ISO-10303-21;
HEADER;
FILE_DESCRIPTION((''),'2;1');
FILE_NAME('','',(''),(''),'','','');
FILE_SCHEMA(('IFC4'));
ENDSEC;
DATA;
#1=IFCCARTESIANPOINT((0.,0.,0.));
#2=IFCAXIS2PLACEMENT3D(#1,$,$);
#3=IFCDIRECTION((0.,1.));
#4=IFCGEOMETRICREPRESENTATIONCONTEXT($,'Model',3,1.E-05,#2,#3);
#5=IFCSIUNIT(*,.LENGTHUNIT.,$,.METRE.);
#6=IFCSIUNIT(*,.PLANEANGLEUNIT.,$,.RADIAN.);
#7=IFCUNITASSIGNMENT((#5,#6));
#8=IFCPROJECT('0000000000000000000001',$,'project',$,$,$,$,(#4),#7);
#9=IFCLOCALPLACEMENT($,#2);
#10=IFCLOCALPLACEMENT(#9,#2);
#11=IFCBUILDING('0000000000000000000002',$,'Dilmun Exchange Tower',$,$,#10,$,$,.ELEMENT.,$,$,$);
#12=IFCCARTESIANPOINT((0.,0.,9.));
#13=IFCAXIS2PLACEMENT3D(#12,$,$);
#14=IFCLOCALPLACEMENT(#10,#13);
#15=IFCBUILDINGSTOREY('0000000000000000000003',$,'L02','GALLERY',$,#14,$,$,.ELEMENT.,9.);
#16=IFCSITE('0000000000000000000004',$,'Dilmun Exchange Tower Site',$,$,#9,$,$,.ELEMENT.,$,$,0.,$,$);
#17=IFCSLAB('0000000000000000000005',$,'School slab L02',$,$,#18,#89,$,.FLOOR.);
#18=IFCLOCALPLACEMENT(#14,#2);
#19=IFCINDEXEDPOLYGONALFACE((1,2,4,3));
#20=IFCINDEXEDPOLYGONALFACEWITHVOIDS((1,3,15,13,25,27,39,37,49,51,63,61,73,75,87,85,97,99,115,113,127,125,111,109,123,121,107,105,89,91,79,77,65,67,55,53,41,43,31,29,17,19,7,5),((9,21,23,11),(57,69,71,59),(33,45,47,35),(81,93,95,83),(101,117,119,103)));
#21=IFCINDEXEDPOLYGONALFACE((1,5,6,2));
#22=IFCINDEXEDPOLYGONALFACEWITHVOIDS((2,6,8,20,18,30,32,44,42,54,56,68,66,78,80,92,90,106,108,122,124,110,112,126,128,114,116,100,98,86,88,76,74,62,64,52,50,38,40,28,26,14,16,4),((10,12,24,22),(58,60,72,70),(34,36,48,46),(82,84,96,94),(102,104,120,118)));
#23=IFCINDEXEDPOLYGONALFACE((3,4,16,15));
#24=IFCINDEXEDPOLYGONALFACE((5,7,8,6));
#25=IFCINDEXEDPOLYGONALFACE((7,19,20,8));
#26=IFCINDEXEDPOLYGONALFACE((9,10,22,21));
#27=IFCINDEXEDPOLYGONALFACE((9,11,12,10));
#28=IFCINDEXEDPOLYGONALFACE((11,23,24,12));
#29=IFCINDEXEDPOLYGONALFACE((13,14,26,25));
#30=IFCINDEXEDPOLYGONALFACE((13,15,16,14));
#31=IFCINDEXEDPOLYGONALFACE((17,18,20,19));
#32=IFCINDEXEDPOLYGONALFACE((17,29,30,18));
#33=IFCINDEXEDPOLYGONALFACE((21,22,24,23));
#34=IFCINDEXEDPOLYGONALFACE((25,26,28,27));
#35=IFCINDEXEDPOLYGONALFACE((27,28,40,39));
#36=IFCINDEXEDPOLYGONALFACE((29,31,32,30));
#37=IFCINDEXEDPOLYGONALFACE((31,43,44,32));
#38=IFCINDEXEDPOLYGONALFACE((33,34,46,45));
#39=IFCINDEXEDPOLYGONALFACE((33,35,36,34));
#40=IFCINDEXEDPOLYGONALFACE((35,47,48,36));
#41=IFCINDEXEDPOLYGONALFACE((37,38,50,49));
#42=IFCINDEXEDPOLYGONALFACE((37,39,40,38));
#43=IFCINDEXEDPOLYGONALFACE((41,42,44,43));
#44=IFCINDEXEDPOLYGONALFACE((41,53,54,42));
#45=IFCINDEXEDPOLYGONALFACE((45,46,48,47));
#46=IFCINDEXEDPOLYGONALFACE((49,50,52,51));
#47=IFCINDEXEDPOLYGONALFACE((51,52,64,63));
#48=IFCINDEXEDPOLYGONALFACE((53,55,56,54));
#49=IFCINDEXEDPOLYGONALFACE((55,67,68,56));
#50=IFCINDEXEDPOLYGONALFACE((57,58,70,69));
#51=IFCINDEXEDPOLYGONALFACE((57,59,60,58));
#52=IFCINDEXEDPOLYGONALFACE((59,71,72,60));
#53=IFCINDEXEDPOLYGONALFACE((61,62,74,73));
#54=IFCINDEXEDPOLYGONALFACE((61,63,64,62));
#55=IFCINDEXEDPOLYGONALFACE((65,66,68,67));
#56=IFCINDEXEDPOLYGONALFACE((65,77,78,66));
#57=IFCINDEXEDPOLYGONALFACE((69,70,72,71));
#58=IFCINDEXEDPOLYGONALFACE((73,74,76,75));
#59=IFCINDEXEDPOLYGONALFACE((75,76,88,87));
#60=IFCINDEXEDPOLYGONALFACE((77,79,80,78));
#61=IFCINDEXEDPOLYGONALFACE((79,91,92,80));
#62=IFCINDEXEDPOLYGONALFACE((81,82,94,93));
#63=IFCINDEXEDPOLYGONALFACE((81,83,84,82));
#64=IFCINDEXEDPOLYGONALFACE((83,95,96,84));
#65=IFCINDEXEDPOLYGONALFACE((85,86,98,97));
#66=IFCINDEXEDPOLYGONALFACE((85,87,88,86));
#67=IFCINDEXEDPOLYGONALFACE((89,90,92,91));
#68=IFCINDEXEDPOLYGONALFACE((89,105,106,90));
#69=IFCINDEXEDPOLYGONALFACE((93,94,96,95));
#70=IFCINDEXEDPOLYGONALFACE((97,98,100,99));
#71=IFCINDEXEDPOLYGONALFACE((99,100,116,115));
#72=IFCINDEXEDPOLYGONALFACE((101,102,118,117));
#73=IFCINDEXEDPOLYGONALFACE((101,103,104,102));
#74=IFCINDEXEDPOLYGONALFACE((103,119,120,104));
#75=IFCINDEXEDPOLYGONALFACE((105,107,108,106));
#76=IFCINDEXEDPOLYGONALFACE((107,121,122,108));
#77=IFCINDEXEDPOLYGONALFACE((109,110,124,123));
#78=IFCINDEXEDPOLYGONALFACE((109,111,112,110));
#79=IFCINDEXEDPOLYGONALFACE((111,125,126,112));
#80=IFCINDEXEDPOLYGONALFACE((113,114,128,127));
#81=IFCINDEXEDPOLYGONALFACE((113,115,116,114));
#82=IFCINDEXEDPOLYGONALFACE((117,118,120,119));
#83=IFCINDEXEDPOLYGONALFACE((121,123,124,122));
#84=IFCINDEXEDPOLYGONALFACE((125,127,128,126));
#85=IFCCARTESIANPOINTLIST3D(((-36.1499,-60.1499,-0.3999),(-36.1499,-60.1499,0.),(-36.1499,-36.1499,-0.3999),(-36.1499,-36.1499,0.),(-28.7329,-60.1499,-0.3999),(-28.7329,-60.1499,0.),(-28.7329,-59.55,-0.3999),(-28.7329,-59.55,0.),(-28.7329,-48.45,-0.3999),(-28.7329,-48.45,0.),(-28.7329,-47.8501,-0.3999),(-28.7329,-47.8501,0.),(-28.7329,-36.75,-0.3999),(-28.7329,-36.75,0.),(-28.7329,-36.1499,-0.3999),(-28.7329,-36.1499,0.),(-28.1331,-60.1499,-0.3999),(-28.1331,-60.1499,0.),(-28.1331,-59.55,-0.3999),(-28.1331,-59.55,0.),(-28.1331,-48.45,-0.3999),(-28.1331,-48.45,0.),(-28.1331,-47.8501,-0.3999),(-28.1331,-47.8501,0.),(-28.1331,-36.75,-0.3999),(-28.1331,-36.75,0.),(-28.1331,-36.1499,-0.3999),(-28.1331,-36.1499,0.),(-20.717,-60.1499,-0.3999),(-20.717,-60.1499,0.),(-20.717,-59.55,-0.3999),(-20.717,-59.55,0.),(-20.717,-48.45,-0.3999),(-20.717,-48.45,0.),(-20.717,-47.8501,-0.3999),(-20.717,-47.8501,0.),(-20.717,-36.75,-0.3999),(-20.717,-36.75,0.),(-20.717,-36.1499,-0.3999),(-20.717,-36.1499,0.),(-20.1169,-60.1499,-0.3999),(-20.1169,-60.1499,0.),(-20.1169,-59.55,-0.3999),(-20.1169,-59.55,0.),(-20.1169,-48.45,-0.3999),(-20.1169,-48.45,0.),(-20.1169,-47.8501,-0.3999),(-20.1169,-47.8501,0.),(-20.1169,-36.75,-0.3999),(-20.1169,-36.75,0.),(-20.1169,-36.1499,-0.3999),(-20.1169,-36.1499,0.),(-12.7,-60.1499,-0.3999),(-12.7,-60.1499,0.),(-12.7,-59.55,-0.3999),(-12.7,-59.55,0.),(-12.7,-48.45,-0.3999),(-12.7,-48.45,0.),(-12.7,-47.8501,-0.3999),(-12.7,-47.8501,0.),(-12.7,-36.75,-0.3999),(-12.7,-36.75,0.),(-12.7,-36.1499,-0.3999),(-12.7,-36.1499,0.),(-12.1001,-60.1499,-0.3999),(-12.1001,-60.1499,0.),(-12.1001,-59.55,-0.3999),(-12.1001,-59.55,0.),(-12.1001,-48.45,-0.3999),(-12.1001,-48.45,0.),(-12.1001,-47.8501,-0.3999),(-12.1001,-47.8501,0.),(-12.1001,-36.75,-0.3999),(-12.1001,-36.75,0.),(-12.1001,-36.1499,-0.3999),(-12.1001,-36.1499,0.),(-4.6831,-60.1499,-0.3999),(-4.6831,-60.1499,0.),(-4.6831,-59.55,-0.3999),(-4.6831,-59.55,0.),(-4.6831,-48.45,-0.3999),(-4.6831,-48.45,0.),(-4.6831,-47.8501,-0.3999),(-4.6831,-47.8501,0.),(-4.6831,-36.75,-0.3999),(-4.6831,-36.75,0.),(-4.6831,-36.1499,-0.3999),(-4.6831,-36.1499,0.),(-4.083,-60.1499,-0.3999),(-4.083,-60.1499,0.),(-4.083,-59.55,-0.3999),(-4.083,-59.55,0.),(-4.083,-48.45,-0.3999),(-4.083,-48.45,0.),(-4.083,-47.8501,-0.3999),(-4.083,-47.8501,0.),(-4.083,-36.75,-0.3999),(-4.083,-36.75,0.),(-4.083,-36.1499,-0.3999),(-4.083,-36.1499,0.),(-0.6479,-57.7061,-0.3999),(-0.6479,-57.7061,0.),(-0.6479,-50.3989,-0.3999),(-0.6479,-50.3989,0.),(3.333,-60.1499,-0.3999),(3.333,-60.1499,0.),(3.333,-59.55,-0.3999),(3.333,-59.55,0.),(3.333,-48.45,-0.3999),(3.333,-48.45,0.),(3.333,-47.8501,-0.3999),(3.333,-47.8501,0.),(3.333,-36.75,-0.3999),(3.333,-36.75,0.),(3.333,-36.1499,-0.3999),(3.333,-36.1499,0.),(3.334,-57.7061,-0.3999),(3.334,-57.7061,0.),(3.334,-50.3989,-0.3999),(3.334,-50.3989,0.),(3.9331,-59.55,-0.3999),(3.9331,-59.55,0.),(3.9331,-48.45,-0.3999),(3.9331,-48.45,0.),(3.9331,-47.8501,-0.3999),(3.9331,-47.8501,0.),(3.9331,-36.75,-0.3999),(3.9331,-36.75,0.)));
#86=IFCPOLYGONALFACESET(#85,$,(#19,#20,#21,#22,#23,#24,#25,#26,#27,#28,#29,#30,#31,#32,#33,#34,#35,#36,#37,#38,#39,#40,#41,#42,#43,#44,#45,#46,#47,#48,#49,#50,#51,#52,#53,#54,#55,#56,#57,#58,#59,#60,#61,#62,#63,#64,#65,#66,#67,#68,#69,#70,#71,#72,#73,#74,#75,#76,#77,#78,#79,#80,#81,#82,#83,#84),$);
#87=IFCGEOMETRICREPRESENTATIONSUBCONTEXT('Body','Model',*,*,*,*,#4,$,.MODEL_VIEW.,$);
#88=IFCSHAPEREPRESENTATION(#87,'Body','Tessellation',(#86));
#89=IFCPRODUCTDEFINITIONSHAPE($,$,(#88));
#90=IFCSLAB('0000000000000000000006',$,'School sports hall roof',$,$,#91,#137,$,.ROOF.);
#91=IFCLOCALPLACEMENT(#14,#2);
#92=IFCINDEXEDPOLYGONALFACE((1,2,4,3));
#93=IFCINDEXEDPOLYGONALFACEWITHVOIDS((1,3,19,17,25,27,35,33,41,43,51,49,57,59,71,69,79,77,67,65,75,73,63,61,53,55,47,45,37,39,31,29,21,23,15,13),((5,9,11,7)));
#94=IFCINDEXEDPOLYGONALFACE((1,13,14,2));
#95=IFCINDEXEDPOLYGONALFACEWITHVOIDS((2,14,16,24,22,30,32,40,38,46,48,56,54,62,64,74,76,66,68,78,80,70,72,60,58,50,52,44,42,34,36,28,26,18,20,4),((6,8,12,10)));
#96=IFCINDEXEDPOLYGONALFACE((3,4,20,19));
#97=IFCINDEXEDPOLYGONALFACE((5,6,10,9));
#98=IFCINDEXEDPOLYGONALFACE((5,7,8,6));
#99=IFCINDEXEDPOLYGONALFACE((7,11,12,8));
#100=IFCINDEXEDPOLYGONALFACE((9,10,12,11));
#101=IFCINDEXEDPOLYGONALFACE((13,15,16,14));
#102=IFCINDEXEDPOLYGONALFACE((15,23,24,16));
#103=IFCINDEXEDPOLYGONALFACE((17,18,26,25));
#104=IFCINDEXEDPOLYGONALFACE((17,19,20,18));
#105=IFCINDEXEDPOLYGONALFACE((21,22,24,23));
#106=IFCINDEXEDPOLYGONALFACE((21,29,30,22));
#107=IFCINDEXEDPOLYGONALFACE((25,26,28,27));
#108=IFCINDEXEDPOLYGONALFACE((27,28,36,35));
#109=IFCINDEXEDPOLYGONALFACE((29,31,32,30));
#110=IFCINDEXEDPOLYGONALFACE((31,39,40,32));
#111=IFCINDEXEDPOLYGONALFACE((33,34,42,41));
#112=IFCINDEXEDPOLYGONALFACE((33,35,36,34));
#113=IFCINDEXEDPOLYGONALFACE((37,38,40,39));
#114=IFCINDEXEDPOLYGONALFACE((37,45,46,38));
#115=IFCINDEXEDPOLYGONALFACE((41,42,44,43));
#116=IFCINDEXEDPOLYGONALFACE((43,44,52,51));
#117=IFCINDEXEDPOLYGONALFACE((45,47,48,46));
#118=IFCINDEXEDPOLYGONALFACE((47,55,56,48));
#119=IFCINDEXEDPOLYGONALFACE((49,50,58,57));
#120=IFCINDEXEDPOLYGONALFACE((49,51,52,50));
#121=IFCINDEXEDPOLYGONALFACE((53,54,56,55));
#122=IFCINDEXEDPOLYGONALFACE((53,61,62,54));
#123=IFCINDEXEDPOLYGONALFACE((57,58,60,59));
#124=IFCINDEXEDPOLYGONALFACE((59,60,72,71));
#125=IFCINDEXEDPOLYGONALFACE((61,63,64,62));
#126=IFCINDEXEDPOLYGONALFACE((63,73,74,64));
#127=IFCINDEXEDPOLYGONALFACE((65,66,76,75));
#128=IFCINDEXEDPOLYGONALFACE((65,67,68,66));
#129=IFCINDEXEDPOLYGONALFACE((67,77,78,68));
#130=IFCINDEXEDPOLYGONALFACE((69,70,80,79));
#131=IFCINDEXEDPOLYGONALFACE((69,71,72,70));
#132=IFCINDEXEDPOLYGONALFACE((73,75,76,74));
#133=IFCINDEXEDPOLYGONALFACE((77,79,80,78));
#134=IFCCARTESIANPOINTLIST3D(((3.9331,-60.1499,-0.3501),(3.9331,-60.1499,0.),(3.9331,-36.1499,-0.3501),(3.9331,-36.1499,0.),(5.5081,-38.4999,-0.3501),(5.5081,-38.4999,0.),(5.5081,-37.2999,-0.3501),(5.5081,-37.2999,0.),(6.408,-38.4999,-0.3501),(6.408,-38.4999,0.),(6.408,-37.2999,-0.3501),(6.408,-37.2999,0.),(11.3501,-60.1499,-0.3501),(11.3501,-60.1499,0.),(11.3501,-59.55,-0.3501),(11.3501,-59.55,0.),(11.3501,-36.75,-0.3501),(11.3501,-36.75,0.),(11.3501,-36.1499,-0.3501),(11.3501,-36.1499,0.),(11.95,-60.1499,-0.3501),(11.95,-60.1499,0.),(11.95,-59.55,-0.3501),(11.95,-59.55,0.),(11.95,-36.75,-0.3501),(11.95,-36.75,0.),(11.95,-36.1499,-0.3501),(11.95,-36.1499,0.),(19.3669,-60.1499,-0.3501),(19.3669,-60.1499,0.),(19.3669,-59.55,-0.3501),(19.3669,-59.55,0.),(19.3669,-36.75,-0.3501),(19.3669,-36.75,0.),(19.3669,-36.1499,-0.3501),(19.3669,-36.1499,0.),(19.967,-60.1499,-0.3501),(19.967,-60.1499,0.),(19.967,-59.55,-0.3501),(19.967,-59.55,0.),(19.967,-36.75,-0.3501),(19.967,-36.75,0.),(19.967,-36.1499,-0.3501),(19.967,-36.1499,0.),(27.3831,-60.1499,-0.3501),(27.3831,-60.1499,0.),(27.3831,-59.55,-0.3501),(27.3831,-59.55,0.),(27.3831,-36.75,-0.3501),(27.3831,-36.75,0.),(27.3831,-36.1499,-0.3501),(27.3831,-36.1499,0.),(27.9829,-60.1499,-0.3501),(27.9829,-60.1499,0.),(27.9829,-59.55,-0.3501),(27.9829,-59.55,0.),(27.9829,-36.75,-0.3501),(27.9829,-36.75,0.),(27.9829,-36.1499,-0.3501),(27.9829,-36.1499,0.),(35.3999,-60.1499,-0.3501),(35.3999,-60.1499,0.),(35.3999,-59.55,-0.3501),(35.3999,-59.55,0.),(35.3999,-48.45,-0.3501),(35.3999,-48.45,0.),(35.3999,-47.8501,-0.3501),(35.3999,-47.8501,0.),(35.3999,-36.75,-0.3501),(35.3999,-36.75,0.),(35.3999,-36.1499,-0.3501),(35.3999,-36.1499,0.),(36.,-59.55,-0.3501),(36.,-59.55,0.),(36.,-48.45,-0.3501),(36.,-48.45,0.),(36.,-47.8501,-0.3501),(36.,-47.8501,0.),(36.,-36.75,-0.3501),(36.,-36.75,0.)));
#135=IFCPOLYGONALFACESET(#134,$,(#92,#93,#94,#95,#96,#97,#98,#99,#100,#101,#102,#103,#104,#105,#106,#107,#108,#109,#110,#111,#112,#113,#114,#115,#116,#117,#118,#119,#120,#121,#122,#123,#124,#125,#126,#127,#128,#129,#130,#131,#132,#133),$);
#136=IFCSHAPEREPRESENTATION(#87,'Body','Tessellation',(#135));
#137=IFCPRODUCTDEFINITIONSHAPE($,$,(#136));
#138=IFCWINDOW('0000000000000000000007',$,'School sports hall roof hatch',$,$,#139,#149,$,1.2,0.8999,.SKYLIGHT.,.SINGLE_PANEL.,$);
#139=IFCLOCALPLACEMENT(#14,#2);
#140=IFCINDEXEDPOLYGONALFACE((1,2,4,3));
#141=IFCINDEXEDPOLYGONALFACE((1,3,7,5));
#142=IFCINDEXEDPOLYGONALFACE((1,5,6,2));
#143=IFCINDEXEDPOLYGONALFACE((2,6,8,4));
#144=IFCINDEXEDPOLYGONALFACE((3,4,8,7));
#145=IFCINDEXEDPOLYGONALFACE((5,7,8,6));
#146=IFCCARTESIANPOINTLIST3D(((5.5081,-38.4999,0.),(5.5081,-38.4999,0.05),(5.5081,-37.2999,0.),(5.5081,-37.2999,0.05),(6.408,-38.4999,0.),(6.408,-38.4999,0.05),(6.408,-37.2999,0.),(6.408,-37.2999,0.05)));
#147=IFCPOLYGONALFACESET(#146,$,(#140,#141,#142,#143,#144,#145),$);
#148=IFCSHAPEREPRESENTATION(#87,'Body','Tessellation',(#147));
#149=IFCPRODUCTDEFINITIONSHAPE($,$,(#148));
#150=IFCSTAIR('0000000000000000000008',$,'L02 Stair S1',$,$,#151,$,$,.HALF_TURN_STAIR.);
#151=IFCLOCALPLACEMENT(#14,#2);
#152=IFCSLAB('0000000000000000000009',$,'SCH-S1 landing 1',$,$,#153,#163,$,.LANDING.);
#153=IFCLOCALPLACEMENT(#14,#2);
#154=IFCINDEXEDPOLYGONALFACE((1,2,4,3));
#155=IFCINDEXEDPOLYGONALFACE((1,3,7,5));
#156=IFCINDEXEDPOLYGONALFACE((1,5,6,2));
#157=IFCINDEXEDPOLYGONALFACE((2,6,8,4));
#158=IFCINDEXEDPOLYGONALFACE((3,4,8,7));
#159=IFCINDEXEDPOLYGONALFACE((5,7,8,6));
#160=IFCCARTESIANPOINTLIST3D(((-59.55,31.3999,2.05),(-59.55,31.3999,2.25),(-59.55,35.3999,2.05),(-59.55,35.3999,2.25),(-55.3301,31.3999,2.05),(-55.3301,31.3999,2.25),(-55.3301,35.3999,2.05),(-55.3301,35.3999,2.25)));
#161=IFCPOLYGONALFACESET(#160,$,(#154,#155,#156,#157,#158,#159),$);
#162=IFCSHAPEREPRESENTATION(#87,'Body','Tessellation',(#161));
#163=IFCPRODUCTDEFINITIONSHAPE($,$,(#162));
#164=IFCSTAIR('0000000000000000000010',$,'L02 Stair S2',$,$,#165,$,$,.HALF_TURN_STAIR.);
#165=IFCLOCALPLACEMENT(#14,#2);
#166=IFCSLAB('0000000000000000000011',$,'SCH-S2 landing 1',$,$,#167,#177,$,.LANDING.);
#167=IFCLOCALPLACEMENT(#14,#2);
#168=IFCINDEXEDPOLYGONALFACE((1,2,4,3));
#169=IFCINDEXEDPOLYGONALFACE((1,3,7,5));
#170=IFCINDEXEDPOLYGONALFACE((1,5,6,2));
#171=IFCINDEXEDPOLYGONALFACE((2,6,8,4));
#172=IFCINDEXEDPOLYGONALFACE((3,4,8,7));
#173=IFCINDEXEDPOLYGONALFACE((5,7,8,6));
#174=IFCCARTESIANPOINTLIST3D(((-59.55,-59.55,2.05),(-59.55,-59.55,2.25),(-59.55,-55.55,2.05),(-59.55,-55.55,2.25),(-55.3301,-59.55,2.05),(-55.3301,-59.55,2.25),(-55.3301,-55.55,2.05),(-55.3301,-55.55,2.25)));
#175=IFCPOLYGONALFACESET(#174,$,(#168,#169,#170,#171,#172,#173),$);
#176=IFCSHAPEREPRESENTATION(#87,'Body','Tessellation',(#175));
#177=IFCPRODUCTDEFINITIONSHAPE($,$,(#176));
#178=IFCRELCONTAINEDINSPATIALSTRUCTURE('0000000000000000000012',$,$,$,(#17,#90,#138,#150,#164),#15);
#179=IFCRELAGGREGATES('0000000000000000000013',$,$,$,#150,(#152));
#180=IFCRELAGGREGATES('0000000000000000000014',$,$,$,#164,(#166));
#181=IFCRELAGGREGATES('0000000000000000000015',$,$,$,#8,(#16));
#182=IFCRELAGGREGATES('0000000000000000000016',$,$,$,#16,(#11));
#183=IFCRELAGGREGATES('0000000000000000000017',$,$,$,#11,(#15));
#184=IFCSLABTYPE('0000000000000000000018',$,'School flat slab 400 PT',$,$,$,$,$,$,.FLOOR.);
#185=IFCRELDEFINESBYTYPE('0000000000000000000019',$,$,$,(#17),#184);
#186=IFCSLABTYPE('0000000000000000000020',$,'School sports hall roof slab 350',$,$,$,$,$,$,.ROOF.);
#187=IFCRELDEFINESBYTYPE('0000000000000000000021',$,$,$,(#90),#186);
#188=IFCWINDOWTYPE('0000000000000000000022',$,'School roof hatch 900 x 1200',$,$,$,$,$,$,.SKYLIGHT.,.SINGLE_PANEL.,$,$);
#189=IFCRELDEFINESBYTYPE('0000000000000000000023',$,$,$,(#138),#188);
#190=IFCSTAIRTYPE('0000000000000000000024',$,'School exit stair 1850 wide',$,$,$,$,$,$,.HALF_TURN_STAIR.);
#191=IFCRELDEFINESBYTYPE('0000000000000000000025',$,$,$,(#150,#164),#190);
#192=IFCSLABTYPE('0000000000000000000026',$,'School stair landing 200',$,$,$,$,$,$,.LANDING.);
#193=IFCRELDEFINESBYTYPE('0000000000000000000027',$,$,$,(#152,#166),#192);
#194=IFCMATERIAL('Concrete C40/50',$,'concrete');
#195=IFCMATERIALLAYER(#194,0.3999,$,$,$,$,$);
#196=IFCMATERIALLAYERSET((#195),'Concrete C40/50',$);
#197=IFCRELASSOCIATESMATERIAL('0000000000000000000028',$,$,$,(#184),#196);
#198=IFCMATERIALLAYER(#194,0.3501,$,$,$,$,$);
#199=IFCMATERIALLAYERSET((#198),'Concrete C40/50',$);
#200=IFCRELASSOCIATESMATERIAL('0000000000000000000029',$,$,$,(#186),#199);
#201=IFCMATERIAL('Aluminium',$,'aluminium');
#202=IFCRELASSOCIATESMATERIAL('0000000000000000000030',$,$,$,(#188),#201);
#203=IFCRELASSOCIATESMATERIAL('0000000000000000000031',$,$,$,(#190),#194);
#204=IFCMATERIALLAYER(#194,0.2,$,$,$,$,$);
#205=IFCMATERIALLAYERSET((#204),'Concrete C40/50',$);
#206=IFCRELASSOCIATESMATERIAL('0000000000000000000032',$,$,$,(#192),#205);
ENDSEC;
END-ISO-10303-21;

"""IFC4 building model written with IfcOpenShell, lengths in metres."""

from ifc_helpers import new_model, si_unit, direction, frame, origin, origin_2d, place, context, subcontext, project, spatial, polyline, rectangle, outline, extrude, material, layer, layer_set, type_object, element, fill, aggregate, save


model = new_model("IFC4")

# Units and contexts
model_context = context("Model", 3, precision=1e-05, world=origin(), true_north=direction((0.0, 1.0)))
body_context = subcontext(model_context, "Body", "Model", "MODEL_VIEW")
ifc_project = project(units=[si_unit("LENGTHUNIT", "METRE"), si_unit("PLANEANGLEUNIT", "RADIAN")], contexts=[model_context])

# Site, building, storey
site_placement = place(None, origin())
site = spatial("IfcSite", under=ifc_project, at=site_placement, Name="Dilmun Exchange Tower Site", CompositionType="ELEMENT", RefElevation=0.0)
building_placement = place(site_placement, origin())
building = spatial("IfcBuilding", under=site, at=building_placement, Name="Dilmun Exchange Tower", CompositionType="ELEMENT")
storey_placement = place(building_placement, frame((0.0, 0.0, 9.0)))
storey = spatial("IfcBuildingStorey", under=building, at=storey_placement, Name="L02", Description="GALLERY", CompositionType="ELEMENT", Elevation=9.0)

# Slab
ifc_material_1 = material(Name="Concrete C40/50", Category="concrete")
ifc_layer_1 = layer(ifc_material_1, 0.3999)
ifc_layer_set_1 = layer_set([ifc_layer_1], Name="Concrete C40/50")
slab_type_1 = type_object("IfcSlabType", Name="School flat slab 400 PT", PredefinedType="FLOOR", material=ifc_layer_set_1)
slab_1_placement = place(storey_placement, frame((0.0, 0.0, -0.3999)))
element("IfcSlab", 1, at=slab_1_placement, inside=storey, type_object=slab_type_1, Name="School slab L02", PredefinedType="FLOOR", context=body_context, shape_type="SweptSolid", body=[
    extrude(outline(polyline([(3.333, -36.75), (3.9331, -36.75), (3.9331, -47.8501), (3.333, -47.8501), (3.333, -48.45), (3.9331, -48.45), (3.9331, -59.55), (3.333, -59.55), (3.333, -60.1499), (-4.083, -60.1499), (-4.083, -59.55), (-4.6831, -59.55), (-4.6831, -60.1499), (-12.1001, -60.1499), (-12.1001, -59.55), (-12.7, -59.55), (-12.7, -60.1499), (-20.1169, -60.1499), (-20.1169, -59.55), (-20.717, -59.55), (-20.717, -60.1499), (-28.1331, -60.1499), (-28.1331, -59.55), (-28.7329, -59.55), (-28.7329, -60.1499), (-36.1499, -60.1499), (-36.1499, -36.1499), (-28.7329, -36.1499), (-28.7329, -36.75), (-28.1331, -36.75), (-28.1331, -36.1499), (-20.717, -36.1499), (-20.717, -36.75), (-20.1169, -36.75), (-20.1169, -36.1499), (-12.7, -36.1499), (-12.7, -36.75), (-12.1001, -36.75), (-12.1001, -36.1499), (-4.6831, -36.1499), (-4.6831, -36.75), (-4.083, -36.75), (-4.083, -36.1499), (3.333, -36.1499), (3.333, -36.75)]), holes=[polyline([(-28.7329, -47.8501), (-28.7329, -48.45), (-28.1331, -48.45), (-28.1331, -47.8501), (-28.7329, -47.8501)]), polyline([(-20.717, -47.8501), (-20.717, -48.45), (-20.1169, -48.45), (-20.1169, -47.8501), (-20.717, -47.8501)]), polyline([(-12.7, -47.8501), (-12.7, -48.45), (-12.1001, -48.45), (-12.1001, -47.8501), (-12.7, -47.8501)]), polyline([(-4.6831, -48.45), (-4.083, -48.45), (-4.083, -47.8501), (-4.6831, -47.8501), (-4.6831, -48.45)]), polyline([(-0.6479, -57.7061), (3.334, -57.7061), (3.334, -50.3989), (-0.6479, -50.3989), (-0.6479, -57.7061)])]), origin(), (0.0, 0.0, 1.0), 0.3999),
])

# Slab, opening, window
ifc_layer_2 = layer(ifc_material_1, 0.3501)
ifc_layer_set_2 = layer_set([ifc_layer_2], Name="Concrete C40/50")
slab_type_2 = type_object("IfcSlabType", Name="School sports hall roof slab 350", PredefinedType="ROOF", material=ifc_layer_set_2)
slab_2_placement = place(storey_placement, frame((0.0, 0.0, -0.3501)))
slab_2 = element("IfcSlab", 2, at=slab_2_placement, inside=storey, type_object=slab_type_2, Name="School sports hall roof", PredefinedType="ROOF", context=body_context, shape_type="SweptSolid", body=[
    extrude(outline(polyline([(35.3999, -59.55), (35.3999, -60.1499), (27.9829, -60.1499), (27.9829, -59.55), (27.3831, -59.55), (27.3831, -60.1499), (19.967, -60.1499), (19.967, -59.55), (19.3669, -59.55), (19.3669, -60.1499), (11.95, -60.1499), (11.95, -59.55), (11.3501, -59.55), (11.3501, -60.1499), (3.9331, -60.1499), (3.9331, -36.1499), (11.3501, -36.1499), (11.3501, -36.75), (11.95, -36.75), (11.95, -36.1499), (19.3669, -36.1499), (19.3669, -36.75), (19.967, -36.75), (19.967, -36.1499), (27.3831, -36.1499), (27.3831, -36.75), (27.9829, -36.75), (27.9829, -36.1499), (35.3999, -36.1499), (35.3999, -36.75), (36.0, -36.75), (36.0, -47.8501), (35.3999, -47.8501), (35.3999, -48.45), (36.0, -48.45), (36.0, -59.55), (35.3999, -59.55)])), origin(), (0.0, 0.0, 1.0), 0.3501),
])
opening_1_placement = place(slab_2_placement, frame((5.958, -37.8999, 0.0)))
opening_1 = element("IfcOpeningElement", 3, at=opening_1_placement, cuts=slab_2, PredefinedType="OPENING", context=body_context, shape_type="SweptSolid", body=[
    extrude(rectangle(XDim=0.8999, YDim=1.2, at=origin_2d()), origin(), (0.0, 0.0, 1.0), 0.4001),
])
ifc_material_2 = material(Name="Aluminium", Category="aluminium")
window_type = type_object("IfcWindowType", Name="School roof hatch 900 x 1200", PartitioningType="SINGLE_PANEL", PredefinedType="SKYLIGHT", material=ifc_material_2)
window_placement = place(opening_1_placement, frame((0.0, 0.0, 0.3501)))
window = element("IfcWindow", 4, at=window_placement, inside=storey, type_object=window_type, Name="School sports hall roof hatch", OverallHeight=1.2, OverallWidth=0.8999, PartitioningType="SINGLE_PANEL", PredefinedType="SKYLIGHT", context=body_context, shape_type="SweptSolid", body=[
    extrude(rectangle(XDim=0.8999, YDim=1.2, at=origin_2d()), origin(), (0.0, 0.0, 1.0), 0.05),
])
fill(opening_1, window)

# Stairs, slabs
stair_type = type_object("IfcStairType", Name="School exit stair 1850 wide", PredefinedType="HALF_TURN_STAIR", material=ifc_material_1)
stair_1_placement = place(storey_placement, origin())
stair_1 = element("IfcStair", 5, at=stair_1_placement, inside=storey, type_object=stair_type, Name="L02 Stair S1", PredefinedType="HALF_TURN_STAIR")
ifc_layer_3 = layer(ifc_material_1, 0.2)
ifc_layer_set_3 = layer_set([ifc_layer_3], Name="Concrete C40/50")
slab_type_3 = type_object("IfcSlabType", Name="School stair landing 200", PredefinedType="LANDING", material=ifc_layer_set_3)
slab_3_placement = place(storey_placement, frame((0.0, 0.0, 2.05)))
slab_3 = element("IfcSlab", 6, at=slab_3_placement, type_object=slab_type_3, Name="SCH-S1 landing 1", PredefinedType="LANDING", context=body_context, shape_type="SweptSolid", body=[
    extrude(outline(polyline([(-55.3301, 35.3999), (-59.55, 35.3999), (-59.55, 31.3999), (-55.3301, 31.3999), (-55.3301, 35.3999)])), origin(), (0.0, 0.0, 1.0), 0.2),
])
aggregate(stair_1, [slab_3])
stair_2_placement = place(storey_placement, origin())
stair_2 = element("IfcStair", 7, at=stair_2_placement, inside=storey, type_object=stair_type, Name="L02 Stair S2", PredefinedType="HALF_TURN_STAIR")
slab_4_placement = place(storey_placement, frame((0.0, 0.0, 2.05)))
slab_4 = element("IfcSlab", 8, at=slab_4_placement, type_object=slab_type_3, Name="SCH-S2 landing 1", PredefinedType="LANDING", context=body_context, shape_type="SweptSolid", body=[
    extrude(outline(polyline([(-55.3301, -55.55), (-59.55, -55.55), (-59.55, -59.55), (-55.3301, -59.55), (-55.3301, -55.55)])), origin(), (0.0, 0.0, 1.0), 0.2),
])
aggregate(stair_2, [slab_4])

save(model, "model.ifc")
